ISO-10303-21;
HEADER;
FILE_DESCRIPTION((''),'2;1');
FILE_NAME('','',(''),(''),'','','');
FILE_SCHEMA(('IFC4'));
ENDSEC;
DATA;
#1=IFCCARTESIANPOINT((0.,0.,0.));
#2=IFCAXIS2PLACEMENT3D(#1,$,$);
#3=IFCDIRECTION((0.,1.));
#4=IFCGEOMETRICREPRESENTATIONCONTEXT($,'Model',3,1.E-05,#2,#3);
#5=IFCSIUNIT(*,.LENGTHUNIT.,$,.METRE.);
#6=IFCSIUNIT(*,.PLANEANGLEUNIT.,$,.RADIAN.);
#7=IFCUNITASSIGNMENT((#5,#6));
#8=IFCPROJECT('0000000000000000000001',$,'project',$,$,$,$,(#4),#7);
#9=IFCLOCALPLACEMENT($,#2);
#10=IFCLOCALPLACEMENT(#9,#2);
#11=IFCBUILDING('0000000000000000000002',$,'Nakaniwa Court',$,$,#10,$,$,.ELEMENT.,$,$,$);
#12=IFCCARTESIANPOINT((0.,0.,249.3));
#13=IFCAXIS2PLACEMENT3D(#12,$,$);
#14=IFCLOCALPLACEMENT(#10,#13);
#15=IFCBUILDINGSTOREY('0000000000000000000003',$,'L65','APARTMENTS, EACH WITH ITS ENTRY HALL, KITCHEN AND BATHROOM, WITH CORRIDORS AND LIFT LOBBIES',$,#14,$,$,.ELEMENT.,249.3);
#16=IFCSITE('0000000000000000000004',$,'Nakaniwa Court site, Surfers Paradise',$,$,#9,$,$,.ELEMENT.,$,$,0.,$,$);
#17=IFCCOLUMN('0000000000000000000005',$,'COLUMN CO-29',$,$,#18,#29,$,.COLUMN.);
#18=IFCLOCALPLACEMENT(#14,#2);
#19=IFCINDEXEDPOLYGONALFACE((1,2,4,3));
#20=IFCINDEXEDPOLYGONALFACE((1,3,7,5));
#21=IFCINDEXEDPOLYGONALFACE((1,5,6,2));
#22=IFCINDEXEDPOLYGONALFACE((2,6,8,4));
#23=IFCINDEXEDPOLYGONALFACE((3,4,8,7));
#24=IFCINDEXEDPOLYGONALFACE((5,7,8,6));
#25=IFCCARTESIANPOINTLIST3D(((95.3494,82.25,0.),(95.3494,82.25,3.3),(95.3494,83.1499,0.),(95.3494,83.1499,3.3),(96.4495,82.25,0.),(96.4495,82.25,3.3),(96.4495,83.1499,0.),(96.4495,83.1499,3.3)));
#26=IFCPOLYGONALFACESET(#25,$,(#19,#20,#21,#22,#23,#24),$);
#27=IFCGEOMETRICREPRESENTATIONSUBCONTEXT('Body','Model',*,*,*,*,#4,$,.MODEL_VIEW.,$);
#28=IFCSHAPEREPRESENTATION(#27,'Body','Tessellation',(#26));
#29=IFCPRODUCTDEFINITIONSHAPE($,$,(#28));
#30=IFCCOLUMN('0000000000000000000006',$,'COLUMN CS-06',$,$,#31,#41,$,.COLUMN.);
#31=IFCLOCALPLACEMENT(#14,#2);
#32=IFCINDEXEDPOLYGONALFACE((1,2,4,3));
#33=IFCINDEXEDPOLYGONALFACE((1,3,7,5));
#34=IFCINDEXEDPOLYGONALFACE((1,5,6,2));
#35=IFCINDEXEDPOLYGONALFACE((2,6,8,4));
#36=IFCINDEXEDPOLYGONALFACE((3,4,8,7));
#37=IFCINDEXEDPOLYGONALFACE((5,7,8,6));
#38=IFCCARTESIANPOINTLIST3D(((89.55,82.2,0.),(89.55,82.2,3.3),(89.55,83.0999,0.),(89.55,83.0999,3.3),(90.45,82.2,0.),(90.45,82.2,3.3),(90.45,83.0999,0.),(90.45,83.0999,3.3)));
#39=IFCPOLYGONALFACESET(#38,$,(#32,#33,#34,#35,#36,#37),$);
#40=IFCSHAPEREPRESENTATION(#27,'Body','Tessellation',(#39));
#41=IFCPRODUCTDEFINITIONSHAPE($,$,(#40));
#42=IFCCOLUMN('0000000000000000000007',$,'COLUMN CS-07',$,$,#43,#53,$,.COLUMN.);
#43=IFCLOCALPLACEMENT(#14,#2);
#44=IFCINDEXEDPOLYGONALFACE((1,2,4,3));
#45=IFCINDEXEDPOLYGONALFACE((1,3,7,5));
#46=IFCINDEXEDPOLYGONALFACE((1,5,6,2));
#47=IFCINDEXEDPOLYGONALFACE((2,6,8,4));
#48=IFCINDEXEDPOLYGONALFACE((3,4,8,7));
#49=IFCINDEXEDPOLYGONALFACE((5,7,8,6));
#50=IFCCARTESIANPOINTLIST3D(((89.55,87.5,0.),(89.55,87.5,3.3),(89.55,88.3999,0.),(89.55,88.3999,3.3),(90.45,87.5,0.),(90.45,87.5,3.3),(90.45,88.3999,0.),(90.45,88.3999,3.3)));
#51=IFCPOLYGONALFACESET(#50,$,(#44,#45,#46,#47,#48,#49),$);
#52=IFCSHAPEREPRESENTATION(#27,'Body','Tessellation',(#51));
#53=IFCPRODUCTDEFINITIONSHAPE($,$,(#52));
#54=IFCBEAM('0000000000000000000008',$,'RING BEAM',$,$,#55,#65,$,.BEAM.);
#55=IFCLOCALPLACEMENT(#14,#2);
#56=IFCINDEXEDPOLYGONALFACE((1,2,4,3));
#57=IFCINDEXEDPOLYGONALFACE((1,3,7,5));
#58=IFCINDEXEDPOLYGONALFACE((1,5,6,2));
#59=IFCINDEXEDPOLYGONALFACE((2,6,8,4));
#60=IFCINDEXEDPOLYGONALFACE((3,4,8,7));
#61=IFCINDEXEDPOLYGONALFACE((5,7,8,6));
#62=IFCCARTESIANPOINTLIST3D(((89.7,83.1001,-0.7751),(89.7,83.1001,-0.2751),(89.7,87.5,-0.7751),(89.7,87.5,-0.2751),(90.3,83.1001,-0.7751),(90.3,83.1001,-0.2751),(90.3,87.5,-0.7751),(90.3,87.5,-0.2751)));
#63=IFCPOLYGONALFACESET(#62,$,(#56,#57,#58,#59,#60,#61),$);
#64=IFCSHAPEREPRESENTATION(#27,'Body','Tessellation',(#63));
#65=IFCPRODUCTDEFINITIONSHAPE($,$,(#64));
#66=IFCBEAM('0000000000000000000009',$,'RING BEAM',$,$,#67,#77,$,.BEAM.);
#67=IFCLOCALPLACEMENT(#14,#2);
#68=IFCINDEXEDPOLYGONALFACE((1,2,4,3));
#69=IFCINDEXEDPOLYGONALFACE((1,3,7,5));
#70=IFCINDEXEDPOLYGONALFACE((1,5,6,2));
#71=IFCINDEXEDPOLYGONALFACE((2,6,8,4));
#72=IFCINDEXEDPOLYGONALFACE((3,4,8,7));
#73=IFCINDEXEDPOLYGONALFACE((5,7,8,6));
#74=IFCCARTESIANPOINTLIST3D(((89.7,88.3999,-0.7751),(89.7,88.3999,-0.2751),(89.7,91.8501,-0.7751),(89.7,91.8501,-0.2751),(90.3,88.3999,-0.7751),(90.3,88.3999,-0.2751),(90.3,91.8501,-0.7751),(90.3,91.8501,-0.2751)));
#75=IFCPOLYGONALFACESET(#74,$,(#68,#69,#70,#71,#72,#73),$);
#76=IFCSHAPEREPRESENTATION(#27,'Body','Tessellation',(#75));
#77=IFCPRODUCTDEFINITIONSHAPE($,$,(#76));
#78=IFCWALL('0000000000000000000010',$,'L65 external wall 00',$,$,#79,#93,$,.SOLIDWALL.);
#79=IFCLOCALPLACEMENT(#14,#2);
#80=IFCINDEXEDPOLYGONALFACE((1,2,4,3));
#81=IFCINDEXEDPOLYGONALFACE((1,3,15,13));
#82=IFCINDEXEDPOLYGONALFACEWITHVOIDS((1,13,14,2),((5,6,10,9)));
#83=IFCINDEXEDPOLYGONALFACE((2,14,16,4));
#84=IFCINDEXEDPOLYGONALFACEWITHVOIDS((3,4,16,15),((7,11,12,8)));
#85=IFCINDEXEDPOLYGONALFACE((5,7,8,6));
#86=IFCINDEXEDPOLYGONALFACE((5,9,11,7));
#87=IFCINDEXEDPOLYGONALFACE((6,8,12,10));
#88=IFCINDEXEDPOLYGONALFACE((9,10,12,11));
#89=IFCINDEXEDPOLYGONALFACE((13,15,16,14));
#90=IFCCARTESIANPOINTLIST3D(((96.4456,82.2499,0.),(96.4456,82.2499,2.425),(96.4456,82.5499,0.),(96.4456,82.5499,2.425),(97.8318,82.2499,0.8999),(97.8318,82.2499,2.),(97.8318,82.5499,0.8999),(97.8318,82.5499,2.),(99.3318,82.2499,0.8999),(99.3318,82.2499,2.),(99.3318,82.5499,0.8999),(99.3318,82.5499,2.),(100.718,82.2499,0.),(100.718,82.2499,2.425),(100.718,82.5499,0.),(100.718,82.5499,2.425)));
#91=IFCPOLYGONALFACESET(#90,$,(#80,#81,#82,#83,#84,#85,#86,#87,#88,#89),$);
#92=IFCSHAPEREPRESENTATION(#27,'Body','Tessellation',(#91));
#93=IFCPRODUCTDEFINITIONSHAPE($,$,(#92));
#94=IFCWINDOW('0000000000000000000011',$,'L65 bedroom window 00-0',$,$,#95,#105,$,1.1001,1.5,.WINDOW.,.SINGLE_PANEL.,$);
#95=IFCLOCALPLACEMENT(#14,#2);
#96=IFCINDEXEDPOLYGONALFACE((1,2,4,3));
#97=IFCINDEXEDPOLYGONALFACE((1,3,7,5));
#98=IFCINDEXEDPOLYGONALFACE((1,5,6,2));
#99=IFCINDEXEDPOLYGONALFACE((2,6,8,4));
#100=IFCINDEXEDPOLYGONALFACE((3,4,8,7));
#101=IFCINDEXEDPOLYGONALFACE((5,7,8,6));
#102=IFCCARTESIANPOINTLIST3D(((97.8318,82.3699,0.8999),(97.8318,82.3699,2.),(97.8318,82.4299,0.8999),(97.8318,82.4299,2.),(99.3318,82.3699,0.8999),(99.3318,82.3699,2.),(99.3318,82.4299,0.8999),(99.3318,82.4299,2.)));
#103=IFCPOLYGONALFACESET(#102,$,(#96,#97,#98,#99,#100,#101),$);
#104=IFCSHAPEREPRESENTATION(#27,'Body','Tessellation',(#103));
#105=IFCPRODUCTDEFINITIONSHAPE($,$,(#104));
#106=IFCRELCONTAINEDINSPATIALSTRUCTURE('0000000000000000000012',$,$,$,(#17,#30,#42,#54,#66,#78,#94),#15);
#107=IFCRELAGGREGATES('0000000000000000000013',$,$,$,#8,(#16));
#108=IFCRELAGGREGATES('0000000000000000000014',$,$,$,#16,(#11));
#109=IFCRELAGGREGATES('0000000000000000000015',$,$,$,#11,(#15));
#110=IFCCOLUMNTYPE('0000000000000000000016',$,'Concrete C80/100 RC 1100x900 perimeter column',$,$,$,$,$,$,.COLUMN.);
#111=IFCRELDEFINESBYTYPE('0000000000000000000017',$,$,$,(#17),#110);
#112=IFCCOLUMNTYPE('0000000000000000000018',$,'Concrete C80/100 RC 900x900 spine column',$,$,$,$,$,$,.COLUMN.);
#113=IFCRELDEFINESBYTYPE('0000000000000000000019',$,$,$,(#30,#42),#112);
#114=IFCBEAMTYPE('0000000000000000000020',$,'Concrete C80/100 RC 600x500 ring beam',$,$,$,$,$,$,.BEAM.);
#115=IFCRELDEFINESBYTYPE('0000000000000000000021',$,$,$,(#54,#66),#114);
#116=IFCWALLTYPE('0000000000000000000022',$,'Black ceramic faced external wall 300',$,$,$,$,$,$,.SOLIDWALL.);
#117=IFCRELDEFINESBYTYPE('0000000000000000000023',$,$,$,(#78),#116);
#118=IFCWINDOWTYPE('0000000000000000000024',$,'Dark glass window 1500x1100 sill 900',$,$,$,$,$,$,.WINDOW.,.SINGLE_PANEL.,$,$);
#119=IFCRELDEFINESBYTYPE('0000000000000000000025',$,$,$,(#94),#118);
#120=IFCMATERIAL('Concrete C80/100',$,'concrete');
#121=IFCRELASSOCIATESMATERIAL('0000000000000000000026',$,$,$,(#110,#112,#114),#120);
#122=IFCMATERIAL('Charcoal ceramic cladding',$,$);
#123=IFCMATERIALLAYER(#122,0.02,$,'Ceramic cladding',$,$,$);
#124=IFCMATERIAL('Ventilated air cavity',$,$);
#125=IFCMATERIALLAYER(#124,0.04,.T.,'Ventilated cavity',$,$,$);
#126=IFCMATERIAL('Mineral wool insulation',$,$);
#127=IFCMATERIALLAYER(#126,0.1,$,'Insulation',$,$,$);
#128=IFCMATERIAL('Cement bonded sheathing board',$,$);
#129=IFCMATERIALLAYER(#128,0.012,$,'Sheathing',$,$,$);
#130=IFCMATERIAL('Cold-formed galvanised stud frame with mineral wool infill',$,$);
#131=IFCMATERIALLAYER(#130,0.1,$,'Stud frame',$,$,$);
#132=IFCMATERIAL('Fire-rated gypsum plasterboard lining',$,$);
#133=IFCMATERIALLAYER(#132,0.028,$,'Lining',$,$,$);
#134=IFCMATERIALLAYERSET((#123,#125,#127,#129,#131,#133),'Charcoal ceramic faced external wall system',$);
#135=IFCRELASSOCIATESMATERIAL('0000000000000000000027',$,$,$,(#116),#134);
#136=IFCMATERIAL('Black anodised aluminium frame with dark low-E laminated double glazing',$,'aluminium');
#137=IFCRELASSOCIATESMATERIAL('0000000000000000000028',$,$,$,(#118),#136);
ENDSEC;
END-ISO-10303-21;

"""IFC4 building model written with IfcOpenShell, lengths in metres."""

from ifc_helpers import new_model, si_unit, direction, frame, frame_2d, origin, origin_2d, place, context, subcontext, project, spatial, rectangle, extrude, material, layer, layer_set, material_profile, profile_set, type_object, element, fill, save


model = new_model("IFC4")

# Units and contexts
model_context = context("Model", 3, precision=1e-05, world=origin(), true_north=direction((0.0, 1.0)))
body_context = subcontext(model_context, "Body", "Model", "MODEL_VIEW")
ifc_project = project(units=[si_unit("LENGTHUNIT", "METRE"), si_unit("PLANEANGLEUNIT", "RADIAN")], contexts=[model_context])

# Site, building, storey
site_placement = place(None, origin())
site = spatial("IfcSite", under=ifc_project, at=site_placement, Name="Nakaniwa Court site, Surfers Paradise", CompositionType="ELEMENT", RefElevation=0.0)
building_placement = place(site_placement, origin())
building = spatial("IfcBuilding", under=site, at=building_placement, Name="Nakaniwa Court", CompositionType="ELEMENT")
storey_placement = place(building_placement, frame((0.0, 0.0, 249.3)))
storey = spatial("IfcBuildingStorey", under=building, at=storey_placement, Name="L65", Description="APARTMENTS, EACH WITH ITS ENTRY HALL, KITCHEN AND BATHROOM, WITH CORRIDORS AND LIFT LOBBIES", CompositionType="ELEMENT", Elevation=249.3)

# Columns
ifc_material_1 = material(Name="Concrete C80/100", Category="concrete")
ifc_material_profile_1 = material_profile(ifc_material_1, rectangle(XDim=1.1001, YDim=0.8999, at=origin_2d()), Name="Concrete C80/100 RC 1100x900 perimeter column")
ifc_profile_set_1 = profile_set([ifc_material_profile_1], Name="Concrete C80/100")
column_type_1 = type_object("IfcColumnType", Name="Concrete C80/100 RC 1100x900 perimeter column", PredefinedType="COLUMN", material=ifc_profile_set_1)
column_placement = place(storey_placement, frame((95.8994, 82.7, 0.0), z_axis=(0.0, 0.0, 1.0), x_axis=(1.0, 0.0, 0.0)))
element("IfcColumn", 1, at=column_placement, inside=storey, type_object=column_type_1, Name="COLUMN CO-29", PredefinedType="COLUMN", context=body_context, shape_type="SweptSolid", body=[
    extrude(rectangle(XDim=1.1001, YDim=0.8999, at=origin_2d()), origin(), (0.0, 0.0, 1.0), 3.3),
])
ifc_material_profile_2 = material_profile(ifc_material_1, rectangle(XDim=0.8999, YDim=0.8999, at=origin_2d()), Name="Concrete C80/100 RC 900x900 spine column")
ifc_profile_set_2 = profile_set([ifc_material_profile_2], Name="Concrete C80/100")
column_type_2 = type_object("IfcColumnType", Name="Concrete C80/100 RC 900x900 spine column", PredefinedType="COLUMN", material=ifc_profile_set_2)
for number, where, z_axis, x_axis, name in (
    (2, (90.0, 82.6499, 0.0), (0.0, 0.0, 1.0), (0.0, 1.0, 0.0), "COLUMN CS-06"),
    (3, (90.0, 87.95, 0.0), (0.0, 0.0, 1.0), (0.0, 1.0, 0.0), "COLUMN CS-07"),
):
    element("IfcColumn", number, at=place(storey_placement, frame(where, z_axis=z_axis, x_axis=x_axis)), inside=storey, type_object=column_type_2, Name=name, PredefinedType="COLUMN", context=body_context, shape_type="SweptSolid", body=[
        extrude(rectangle(XDim=0.8999, YDim=0.8999, at=origin_2d()), origin(), (0.0, 0.0, 1.0), 3.3),
    ])

# Beams
ifc_material_profile_3 = material_profile(ifc_material_1, rectangle(XDim=0.6001, YDim=0.5, at=origin_2d()), Name="Concrete C80/100 RC 600x500 ring beam")
ifc_profile_set_3 = profile_set([ifc_material_profile_3], Name="Concrete C80/100")
beam_type = type_object("IfcBeamType", Name="Concrete C80/100 RC 600x500 ring beam", PredefinedType="BEAM", material=ifc_profile_set_3)
beam_1_placement = place(storey_placement, frame((90.0, 83.1001, -0.5251), z_axis=(0.0, 1.0, 0.0), x_axis=(-1.0, 0.0, 0.0)))
element("IfcBeam", 4, at=beam_1_placement, inside=storey, type_object=beam_type, Name="RING BEAM", PredefinedType="BEAM", context=body_context, shape_type="SweptSolid", body=[
    extrude(rectangle(XDim=0.6001, YDim=0.5, at=origin_2d()), origin(), (0.0, 0.0, 1.0), 4.3999),
])
beam_2_placement = place(storey_placement, frame((90.0, 88.3999, -0.5251), z_axis=(0.0, 1.0, 0.0), x_axis=(-1.0, 0.0, 0.0)))
element("IfcBeam", 5, at=beam_2_placement, inside=storey, type_object=beam_type, Name="RING BEAM", PredefinedType="BEAM", context=body_context, shape_type="SweptSolid", body=[
    extrude(rectangle(XDim=0.6001, YDim=0.5, at=origin_2d()), origin(), (0.0, 0.0, 1.0), 3.4502),
])

# Wall, opening, window
ifc_material_2 = material(Name="Charcoal ceramic cladding")
ifc_layer_1 = layer(ifc_material_2, 0.02, Name="Ceramic cladding")
ifc_material_3 = material(Name="Ventilated air cavity")
ifc_layer_2 = layer(ifc_material_3, 0.04, ventilated=True, Name="Ventilated cavity")
ifc_material_4 = material(Name="Mineral wool insulation")
ifc_layer_3 = layer(ifc_material_4, 0.1, Name="Insulation")
ifc_material_5 = material(Name="Cement bonded sheathing board")
ifc_layer_4 = layer(ifc_material_5, 0.012, Name="Sheathing")
ifc_material_6 = material(Name="Cold-formed galvanised stud frame with mineral wool infill")
ifc_layer_5 = layer(ifc_material_6, 0.1, Name="Stud frame")
ifc_material_7 = material(Name="Fire-rated gypsum plasterboard lining")
ifc_layer_6 = layer(ifc_material_7, 0.028, Name="Lining")
ifc_layer_set_1 = layer_set([ifc_layer_1, ifc_layer_2, ifc_layer_3, ifc_layer_4, ifc_layer_5, ifc_layer_6], Name="Charcoal ceramic faced external wall system")
wall_type_1 = type_object("IfcWallType", Name="Black ceramic faced external wall 300", PredefinedType="SOLIDWALL", material=ifc_layer_set_1)
wall_1_placement = place(storey_placement, frame((96.4456, 82.3999, 0.0), z_axis=(0.0, 0.0, 1.0), x_axis=(1.0, 0.0, 0.0)))
wall_1 = element("IfcWall", 6, at=wall_1_placement, inside=storey, type_object=wall_type_1, Name="L65 external wall 00", PredefinedType="SOLIDWALL", context=body_context, shape_type="SweptSolid", body=[
    extrude(rectangle(XDim=4.2725, YDim=0.3, at=frame_2d((2.1362, 0.0))), origin(), (0.0, 0.0, 1.0), 2.425),
])
opening_1_placement = place(wall_1_placement, frame((1.3862, 0.0, 0.8999)))
opening_1 = element("IfcOpeningElement", 7, at=opening_1_placement, cuts=wall_1, PredefinedType="OPENING", context=body_context, shape_type="SweptSolid", body=[
    extrude(rectangle(XDim=1.5, YDim=1.1001, at=frame_2d((0.75, 0.55))), frame((0.0, 0.1599, 0.0), z_axis=(0.0, -1.0, 0.0), x_axis=(1.0, 0.0, 0.0)), (0.0, 0.0, 1.0), 0.3201),
])
ifc_material_8 = material(Name="Black anodised aluminium frame with dark low-E laminated double glazing", Category="aluminium")
window_type = type_object("IfcWindowType", Name="Dark glass window 1500x1100 sill 900", PartitioningType="SINGLE_PANEL", PredefinedType="WINDOW", material=ifc_material_8)
window_placement = place(opening_1_placement, origin())
window = element("IfcWindow", 8, at=window_placement, inside=storey, type_object=window_type, Name="L65 bedroom window 00-0", OverallHeight=1.1001, OverallWidth=1.5, PartitioningType="SINGLE_PANEL", PredefinedType="WINDOW", context=body_context, shape_type="SweptSolid", body=[
    extrude(rectangle(XDim=1.5, YDim=1.1001, at=frame_2d((0.75, 0.55))), frame((0.0, 0.03, 0.0), z_axis=(0.0, -1.0, 0.0), x_axis=(1.0, 0.0, 0.0)), (0.0, 0.0, 1.0), 0.0601),
])
fill(opening_1, window)

save(model, "model.ifc")
